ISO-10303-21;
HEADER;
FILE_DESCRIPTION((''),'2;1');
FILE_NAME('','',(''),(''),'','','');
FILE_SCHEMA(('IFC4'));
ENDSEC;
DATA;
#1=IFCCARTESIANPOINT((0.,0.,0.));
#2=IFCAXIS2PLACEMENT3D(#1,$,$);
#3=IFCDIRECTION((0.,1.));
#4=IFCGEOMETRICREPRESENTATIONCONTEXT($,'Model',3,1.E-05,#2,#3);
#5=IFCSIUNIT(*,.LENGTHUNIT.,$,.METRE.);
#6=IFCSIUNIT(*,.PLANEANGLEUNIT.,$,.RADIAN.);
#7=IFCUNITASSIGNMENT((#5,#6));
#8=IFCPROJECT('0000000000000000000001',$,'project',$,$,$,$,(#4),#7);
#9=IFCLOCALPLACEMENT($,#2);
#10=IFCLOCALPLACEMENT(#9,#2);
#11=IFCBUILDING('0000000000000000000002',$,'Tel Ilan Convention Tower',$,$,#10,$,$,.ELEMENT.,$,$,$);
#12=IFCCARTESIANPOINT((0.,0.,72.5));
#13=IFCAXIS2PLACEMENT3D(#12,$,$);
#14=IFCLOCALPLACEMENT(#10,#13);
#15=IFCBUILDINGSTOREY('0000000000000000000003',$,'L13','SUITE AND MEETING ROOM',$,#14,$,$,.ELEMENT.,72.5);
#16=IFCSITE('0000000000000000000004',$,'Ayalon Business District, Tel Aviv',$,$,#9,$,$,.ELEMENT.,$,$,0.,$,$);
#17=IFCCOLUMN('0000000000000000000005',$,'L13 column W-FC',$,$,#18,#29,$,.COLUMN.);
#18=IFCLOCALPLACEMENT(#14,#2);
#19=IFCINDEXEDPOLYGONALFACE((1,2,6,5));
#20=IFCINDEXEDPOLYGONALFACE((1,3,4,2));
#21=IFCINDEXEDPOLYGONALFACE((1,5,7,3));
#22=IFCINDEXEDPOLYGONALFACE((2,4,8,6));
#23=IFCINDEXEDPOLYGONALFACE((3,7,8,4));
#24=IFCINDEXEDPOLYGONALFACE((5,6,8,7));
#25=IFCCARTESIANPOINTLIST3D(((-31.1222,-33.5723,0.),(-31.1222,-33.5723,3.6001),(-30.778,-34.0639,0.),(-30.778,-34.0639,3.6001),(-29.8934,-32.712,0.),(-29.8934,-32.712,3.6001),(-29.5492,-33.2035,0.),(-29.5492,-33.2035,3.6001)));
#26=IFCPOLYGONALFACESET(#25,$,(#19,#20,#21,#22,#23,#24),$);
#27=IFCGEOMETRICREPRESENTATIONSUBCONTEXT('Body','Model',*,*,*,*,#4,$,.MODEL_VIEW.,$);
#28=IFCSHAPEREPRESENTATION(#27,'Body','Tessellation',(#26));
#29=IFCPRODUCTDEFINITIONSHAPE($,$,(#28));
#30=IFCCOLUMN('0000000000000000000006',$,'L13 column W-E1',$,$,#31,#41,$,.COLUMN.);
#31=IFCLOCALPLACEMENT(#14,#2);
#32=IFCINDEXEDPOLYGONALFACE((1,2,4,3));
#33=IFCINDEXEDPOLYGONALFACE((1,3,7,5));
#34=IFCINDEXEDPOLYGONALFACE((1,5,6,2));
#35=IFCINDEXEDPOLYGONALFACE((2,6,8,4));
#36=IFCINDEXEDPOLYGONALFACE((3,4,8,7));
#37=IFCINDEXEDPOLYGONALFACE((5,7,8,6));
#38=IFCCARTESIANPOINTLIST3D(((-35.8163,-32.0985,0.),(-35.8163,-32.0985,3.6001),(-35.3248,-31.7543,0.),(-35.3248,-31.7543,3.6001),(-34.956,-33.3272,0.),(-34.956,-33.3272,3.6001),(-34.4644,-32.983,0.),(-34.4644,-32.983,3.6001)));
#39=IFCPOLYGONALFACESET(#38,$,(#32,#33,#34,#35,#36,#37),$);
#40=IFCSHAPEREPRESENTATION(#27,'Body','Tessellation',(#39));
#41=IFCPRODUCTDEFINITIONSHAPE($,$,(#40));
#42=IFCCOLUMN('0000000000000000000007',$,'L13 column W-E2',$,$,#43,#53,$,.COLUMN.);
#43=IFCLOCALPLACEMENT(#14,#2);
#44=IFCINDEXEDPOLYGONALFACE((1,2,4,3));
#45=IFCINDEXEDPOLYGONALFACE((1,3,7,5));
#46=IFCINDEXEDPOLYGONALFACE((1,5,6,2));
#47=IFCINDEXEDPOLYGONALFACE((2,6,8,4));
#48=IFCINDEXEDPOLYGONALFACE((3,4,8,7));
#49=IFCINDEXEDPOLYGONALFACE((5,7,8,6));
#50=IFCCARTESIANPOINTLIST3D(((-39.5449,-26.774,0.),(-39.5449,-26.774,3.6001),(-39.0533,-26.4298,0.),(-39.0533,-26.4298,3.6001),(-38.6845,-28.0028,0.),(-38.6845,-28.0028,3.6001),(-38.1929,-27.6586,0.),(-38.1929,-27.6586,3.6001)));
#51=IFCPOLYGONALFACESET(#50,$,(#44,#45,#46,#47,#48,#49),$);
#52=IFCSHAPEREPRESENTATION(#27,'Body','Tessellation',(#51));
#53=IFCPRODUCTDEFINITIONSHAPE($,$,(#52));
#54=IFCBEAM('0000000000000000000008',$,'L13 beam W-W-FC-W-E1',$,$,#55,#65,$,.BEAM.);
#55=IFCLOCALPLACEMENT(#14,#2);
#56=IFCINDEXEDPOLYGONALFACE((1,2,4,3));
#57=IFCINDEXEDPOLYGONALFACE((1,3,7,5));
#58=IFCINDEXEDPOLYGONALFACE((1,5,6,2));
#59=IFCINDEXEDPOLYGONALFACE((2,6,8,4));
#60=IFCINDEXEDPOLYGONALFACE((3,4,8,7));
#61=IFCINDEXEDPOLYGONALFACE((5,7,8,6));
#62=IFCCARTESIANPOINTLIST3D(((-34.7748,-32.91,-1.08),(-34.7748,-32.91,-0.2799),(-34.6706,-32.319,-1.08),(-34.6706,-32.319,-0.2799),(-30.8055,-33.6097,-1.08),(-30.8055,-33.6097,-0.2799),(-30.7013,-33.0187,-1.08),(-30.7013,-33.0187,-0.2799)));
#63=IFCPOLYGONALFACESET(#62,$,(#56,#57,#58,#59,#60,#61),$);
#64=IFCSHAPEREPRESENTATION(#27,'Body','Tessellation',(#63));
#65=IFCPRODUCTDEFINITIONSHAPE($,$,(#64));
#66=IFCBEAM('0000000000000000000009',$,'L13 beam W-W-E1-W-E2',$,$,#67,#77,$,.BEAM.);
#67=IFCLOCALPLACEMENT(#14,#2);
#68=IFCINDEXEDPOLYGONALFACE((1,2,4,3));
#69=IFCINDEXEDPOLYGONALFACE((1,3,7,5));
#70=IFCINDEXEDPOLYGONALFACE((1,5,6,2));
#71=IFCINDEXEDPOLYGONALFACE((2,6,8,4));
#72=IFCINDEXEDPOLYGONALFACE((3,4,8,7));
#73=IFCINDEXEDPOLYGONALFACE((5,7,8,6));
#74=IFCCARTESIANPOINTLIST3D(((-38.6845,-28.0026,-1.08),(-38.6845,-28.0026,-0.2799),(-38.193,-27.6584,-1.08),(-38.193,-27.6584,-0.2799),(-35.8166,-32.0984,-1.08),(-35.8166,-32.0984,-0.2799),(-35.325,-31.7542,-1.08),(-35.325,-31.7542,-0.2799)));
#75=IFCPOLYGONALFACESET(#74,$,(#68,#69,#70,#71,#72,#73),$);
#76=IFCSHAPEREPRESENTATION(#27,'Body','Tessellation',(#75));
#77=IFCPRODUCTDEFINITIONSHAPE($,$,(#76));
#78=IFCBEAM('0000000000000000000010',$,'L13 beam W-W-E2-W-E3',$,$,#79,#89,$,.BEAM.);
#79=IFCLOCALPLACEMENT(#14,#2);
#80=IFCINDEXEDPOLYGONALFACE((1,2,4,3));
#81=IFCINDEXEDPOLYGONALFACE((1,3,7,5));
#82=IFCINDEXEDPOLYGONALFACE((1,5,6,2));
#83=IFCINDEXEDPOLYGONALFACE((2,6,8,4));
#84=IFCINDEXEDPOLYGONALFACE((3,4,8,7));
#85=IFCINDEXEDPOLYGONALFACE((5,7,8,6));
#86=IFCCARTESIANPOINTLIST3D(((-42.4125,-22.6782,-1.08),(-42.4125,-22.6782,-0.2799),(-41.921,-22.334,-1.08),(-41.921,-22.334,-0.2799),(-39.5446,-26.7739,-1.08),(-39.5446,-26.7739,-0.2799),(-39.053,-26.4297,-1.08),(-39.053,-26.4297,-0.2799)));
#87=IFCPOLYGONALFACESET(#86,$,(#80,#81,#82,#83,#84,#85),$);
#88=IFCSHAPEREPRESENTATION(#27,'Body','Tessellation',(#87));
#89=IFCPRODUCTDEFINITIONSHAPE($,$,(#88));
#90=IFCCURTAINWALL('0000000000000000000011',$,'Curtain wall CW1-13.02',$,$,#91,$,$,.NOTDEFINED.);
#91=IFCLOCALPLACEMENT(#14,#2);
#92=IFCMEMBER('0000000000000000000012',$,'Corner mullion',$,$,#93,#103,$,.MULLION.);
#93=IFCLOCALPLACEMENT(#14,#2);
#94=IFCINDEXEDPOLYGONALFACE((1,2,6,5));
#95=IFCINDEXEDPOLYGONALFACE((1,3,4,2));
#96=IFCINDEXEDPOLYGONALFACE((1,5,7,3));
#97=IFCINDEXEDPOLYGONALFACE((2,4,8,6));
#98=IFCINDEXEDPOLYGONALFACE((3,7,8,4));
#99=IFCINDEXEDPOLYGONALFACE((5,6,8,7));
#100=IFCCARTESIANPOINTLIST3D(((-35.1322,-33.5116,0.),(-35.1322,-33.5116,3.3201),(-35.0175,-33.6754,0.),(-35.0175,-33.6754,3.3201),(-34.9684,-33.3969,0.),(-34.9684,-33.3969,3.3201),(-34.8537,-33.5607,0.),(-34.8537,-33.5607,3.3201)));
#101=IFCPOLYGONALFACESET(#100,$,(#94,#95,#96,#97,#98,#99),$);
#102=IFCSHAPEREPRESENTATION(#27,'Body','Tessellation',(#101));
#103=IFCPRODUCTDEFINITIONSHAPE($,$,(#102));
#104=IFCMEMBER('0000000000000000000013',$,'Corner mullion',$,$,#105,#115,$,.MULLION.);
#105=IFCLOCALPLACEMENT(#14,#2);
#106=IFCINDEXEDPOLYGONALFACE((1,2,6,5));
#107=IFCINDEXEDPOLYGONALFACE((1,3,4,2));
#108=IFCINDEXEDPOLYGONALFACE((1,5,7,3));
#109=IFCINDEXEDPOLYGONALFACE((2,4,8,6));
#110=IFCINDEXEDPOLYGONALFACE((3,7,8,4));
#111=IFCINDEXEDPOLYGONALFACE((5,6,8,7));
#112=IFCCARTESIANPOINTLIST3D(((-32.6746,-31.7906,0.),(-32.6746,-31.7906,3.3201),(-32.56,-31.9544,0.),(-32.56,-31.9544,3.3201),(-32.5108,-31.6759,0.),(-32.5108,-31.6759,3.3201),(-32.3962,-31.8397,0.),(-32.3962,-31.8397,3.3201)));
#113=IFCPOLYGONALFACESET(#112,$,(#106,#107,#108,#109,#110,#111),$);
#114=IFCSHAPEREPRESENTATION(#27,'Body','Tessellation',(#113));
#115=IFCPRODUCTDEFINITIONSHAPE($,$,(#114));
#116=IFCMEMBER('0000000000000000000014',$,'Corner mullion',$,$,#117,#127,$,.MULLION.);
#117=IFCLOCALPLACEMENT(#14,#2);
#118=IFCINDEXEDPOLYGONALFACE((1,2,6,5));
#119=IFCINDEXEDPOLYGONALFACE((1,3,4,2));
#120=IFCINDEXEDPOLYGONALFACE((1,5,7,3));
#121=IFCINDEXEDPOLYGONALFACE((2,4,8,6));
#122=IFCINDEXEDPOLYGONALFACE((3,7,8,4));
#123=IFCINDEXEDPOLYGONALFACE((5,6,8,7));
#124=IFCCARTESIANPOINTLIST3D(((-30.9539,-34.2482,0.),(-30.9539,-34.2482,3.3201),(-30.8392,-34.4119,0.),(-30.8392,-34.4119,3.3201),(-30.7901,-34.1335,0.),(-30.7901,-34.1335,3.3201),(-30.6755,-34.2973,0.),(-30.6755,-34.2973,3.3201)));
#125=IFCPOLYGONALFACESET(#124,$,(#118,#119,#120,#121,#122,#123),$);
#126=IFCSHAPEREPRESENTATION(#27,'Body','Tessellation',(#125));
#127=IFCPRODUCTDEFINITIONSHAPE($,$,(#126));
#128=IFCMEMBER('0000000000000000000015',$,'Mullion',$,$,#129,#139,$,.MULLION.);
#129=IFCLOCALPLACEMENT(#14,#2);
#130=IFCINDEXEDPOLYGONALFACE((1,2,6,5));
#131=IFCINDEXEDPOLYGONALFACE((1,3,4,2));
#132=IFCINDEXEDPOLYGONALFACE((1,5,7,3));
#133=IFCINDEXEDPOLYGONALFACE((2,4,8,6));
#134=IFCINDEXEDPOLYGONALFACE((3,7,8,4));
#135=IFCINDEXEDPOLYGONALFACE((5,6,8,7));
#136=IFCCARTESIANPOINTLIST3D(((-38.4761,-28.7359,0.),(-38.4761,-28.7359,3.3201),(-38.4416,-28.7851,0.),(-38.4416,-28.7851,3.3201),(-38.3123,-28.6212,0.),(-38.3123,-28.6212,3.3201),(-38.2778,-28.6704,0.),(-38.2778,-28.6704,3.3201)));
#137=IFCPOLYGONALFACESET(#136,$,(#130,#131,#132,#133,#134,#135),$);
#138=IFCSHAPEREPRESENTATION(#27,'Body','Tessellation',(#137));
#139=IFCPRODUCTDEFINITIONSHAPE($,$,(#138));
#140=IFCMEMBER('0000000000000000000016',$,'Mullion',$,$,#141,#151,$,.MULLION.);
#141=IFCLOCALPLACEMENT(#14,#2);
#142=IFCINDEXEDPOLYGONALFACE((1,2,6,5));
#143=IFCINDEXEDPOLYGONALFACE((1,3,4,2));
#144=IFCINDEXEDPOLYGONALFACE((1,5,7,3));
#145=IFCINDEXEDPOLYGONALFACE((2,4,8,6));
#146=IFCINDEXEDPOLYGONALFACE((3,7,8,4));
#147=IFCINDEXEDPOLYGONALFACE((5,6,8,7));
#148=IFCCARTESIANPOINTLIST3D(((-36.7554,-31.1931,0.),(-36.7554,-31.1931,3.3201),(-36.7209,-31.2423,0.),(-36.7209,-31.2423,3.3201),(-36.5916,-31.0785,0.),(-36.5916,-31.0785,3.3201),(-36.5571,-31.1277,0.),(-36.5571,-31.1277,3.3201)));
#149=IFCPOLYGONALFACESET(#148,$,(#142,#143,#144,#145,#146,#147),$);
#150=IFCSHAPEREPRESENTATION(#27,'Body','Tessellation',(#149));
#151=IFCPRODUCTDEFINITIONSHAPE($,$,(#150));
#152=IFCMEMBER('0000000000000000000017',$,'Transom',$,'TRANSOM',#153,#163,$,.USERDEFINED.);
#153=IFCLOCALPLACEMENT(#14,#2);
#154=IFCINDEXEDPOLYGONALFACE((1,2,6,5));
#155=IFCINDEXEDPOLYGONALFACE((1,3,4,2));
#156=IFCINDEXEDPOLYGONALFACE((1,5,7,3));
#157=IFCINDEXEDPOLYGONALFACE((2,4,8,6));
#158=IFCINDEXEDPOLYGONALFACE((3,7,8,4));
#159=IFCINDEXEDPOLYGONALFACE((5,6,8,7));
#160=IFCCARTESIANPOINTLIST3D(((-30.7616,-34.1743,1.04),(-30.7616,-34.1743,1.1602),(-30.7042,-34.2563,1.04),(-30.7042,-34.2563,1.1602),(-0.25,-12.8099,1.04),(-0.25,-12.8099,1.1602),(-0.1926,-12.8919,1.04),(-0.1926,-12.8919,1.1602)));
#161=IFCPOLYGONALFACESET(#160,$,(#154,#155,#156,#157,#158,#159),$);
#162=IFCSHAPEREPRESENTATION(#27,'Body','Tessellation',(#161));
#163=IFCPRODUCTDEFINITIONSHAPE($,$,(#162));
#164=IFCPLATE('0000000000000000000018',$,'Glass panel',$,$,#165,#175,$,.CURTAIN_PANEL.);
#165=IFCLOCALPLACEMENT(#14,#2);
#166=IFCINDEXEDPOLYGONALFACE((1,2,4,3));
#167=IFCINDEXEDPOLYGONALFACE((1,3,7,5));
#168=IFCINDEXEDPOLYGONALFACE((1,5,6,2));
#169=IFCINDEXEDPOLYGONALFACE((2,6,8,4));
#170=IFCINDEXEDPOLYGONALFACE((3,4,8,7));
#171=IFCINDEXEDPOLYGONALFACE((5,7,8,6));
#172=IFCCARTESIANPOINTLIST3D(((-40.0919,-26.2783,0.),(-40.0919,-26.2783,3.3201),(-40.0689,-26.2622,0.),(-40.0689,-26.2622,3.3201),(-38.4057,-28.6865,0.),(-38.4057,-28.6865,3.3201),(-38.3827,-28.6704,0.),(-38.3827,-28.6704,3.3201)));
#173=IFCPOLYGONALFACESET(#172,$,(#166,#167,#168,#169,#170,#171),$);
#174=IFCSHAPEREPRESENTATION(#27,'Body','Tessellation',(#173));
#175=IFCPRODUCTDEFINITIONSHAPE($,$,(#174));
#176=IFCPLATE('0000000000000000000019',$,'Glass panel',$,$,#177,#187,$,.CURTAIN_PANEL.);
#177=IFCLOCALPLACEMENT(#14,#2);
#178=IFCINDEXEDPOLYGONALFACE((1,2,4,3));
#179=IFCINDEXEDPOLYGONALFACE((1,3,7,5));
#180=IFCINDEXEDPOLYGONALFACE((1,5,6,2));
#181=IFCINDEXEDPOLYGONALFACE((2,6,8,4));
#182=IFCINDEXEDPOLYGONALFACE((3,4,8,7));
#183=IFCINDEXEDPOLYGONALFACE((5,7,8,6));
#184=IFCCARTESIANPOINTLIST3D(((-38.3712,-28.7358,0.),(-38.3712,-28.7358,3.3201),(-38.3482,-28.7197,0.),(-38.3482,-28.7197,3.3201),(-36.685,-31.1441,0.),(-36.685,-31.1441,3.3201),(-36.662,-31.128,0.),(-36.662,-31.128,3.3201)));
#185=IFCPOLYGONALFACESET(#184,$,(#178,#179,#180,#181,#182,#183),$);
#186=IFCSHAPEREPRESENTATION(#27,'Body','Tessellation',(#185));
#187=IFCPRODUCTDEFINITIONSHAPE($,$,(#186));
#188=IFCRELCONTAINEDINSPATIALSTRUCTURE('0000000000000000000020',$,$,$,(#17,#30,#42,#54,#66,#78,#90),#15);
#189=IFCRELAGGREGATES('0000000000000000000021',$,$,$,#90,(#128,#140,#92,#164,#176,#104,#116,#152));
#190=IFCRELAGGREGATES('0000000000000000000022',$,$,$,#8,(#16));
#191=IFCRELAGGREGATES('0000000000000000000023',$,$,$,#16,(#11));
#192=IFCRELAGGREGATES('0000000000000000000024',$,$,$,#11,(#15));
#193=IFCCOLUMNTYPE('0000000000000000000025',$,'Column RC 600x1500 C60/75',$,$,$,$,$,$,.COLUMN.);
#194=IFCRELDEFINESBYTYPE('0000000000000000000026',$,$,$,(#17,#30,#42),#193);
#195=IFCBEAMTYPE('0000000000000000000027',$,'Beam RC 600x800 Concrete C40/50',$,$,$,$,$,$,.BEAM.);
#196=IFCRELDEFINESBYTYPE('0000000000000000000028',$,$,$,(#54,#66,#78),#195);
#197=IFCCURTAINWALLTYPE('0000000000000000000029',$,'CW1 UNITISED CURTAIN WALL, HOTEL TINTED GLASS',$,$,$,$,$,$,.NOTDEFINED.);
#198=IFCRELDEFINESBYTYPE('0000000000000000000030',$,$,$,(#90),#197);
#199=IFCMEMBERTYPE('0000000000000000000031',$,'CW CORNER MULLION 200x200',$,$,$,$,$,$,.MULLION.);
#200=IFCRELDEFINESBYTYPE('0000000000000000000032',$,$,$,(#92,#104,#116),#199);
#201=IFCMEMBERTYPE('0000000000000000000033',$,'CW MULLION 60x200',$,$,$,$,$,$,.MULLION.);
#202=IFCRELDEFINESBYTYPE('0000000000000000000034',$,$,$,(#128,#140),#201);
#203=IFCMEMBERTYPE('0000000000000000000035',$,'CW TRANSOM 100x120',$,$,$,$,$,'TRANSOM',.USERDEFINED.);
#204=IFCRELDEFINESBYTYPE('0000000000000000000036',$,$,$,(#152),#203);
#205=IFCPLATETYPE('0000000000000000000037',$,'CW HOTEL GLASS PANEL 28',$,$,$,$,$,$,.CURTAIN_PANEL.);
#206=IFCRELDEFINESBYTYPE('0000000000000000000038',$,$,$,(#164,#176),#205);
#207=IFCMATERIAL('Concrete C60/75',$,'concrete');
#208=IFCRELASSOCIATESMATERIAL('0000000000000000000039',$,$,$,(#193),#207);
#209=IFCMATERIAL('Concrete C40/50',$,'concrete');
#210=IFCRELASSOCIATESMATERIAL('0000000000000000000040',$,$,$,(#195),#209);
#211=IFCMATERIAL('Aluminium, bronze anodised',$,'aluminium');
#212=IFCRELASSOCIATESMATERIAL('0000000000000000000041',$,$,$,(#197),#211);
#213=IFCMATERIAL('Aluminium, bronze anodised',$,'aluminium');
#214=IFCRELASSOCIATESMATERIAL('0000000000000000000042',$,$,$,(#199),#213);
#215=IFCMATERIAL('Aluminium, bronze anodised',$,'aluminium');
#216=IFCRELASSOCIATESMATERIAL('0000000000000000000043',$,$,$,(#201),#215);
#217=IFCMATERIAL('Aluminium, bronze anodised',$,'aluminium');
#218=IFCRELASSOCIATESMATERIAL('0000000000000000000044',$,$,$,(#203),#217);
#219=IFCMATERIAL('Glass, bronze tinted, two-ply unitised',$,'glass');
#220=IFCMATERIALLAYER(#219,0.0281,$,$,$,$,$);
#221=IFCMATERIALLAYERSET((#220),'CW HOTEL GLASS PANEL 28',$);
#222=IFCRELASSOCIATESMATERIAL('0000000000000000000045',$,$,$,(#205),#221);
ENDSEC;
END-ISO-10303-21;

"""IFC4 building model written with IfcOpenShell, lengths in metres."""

from ifc_helpers import new_model, si_unit, direction, frame, origin, origin_2d, place, context, subcontext, project, spatial, rectangle, extrude, material, layer, layer_set, material_profile, profile_set, type_object, element, aggregate, save


model = new_model("IFC4")

# Units and contexts
model_context = context("Model", 3, precision=1e-05, world=origin(), true_north=direction((0.0, 1.0)))
body_context = subcontext(model_context, "Body", "Model", "MODEL_VIEW")
ifc_project = project(units=[si_unit("LENGTHUNIT", "METRE"), si_unit("PLANEANGLEUNIT", "RADIAN")], contexts=[model_context])

# Site, building, storey
site_placement = place(None, origin())
site = spatial("IfcSite", under=ifc_project, at=site_placement, Name="Ayalon Business District, Tel Aviv", CompositionType="ELEMENT", RefElevation=0.0)
building_placement = place(site_placement, origin())
building = spatial("IfcBuilding", under=site, at=building_placement, Name="Tel Ilan Convention Tower", CompositionType="ELEMENT")
storey_placement = place(building_placement, frame((0.0, 0.0, 72.5)))
storey = spatial("IfcBuildingStorey", under=building, at=storey_placement, Name="L13", Description="SUITE AND MEETING ROOM", CompositionType="ELEMENT", Elevation=72.5)

# Columns
ifc_material_1 = material(Name="Concrete C60/75", Category="concrete")
ifc_material_profile_1 = material_profile(ifc_material_1, rectangle(XDim=1.5, YDim=0.6001, at=origin_2d()), Name="RC 600x1500")
ifc_profile_set_1 = profile_set([ifc_material_profile_1], Name="Concrete C60/75")
column_type = type_object("IfcColumnType", Name="Column RC 600x1500 C60/75", PredefinedType="COLUMN", material=ifc_profile_set_1)
for number, where, z_axis, x_axis, name in (
    (1, (-30.3357, -33.3879, 0.0), (0.0, 0.0, 1.0), (-0.819152, -0.573576, 0.0), "L13 column W-FC"),
    (2, (-35.1404, -32.5408, 0.0), (0.0, 0.0, 1.0), (-0.573576, 0.819152, 0.0), "L13 column W-E1"),
    (3, (-38.8689, -27.2163, 0.0), (0.0, 0.0, 1.0), (-0.573576, 0.819152, 0.0), "L13 column W-E2"),
):
    element("IfcColumn", number, at=place(storey_placement, frame(where, z_axis=z_axis, x_axis=x_axis)), inside=storey, type_object=column_type, Name=name, PredefinedType="COLUMN", context=body_context, shape_type="SweptSolid", body=[
        extrude(rectangle(XDim=1.5, YDim=0.6001, at=origin_2d()), origin(), (0.0, 0.0, 1.0), 3.6001),
    ])

# Beams
ifc_material_2 = material(Name="Concrete C40/50", Category="concrete")
ifc_material_profile_2 = material_profile(ifc_material_2, rectangle(XDim=0.6001, YDim=0.8, at=origin_2d()), Name="RC 600x800")
ifc_profile_set_2 = profile_set([ifc_material_profile_2], Name="Concrete C40/50")
beam_type = type_object("IfcBeamType", Name="Beam RC 600x800 Concrete C40/50", PredefinedType="BEAM", material=ifc_profile_set_2)
beam_placement = place(storey_placement, frame((-30.7534, -33.3142, -0.6799), z_axis=(-0.984815, 0.173606, 0.0), x_axis=(-0.173606, -0.984815, 0.0)))
element("IfcBeam", 4, at=beam_placement, inside=storey, type_object=beam_type, Name="L13 beam W-W-FC-W-E1", PredefinedType="BEAM", context=body_context, shape_type="SweptSolid", body=[
    extrude(rectangle(XDim=0.6001, YDim=0.8, at=origin_2d()), origin(), (0.0, 0.0, 1.0), 4.0305),
])
for number, where, z_axis, x_axis, name in (
    (5, (-35.5708, -31.9263, -0.6799), (-0.573587, 0.819145, 0.0), (-0.819145, -0.573587, 0.0), "L13 beam W-W-E1-W-E2"),
    (6, (-39.2988, -26.6018, -0.6799), (-0.573587, 0.819145, 0.0), (-0.819145, -0.573587, 0.0), "L13 beam W-W-E2-W-E3"),
):
    element("IfcBeam", number, at=place(storey_placement, frame(where, z_axis=z_axis, x_axis=x_axis)), inside=storey, type_object=beam_type, Name=name, PredefinedType="BEAM", context=body_context, shape_type="SweptSolid", body=[
        extrude(rectangle(XDim=0.6001, YDim=0.8, at=origin_2d()), origin(), (0.0, 0.0, 1.0), 5.0),
    ])

# Curtain wall, members, plates
ifc_material_3 = material(Name="Aluminium, bronze anodised", Category="aluminium")
curtain_wall_type = type_object("IfcCurtainWallType", Name="CW1 UNITISED CURTAIN WALL, HOTEL TINTED GLASS", PredefinedType="NOTDEFINED", material=ifc_material_3)
curtain_wall_placement = place(storey_placement, origin())
curtain_wall = element("IfcCurtainWall", 7, at=curtain_wall_placement, inside=storey, type_object=curtain_wall_type, Name="Curtain wall CW1-13.02", PredefinedType="NOTDEFINED")
ifc_material_4 = material(Name="Aluminium, bronze anodised", Category="aluminium")
ifc_material_profile_3 = material_profile(ifc_material_4, rectangle(XDim=0.2, YDim=0.2, at=origin_2d()), Name="CW CORNER MULLION 200x200")
ifc_profile_set_3 = profile_set([ifc_material_profile_3], Name="Aluminium, bronze anodised")
member_type_1 = type_object("IfcMemberType", Name="CW CORNER MULLION 200x200", PredefinedType="MULLION", material=ifc_profile_set_3)
member_1_placement = place(storey_placement, frame((-34.9929, -33.5361, 0.0), z_axis=(0.0, 0.0, 1.0), x_axis=(0.573576, -0.819152, 0.0)))
member_1 = element("IfcMember", 8, at=member_1_placement, type_object=member_type_1, Name="Corner mullion", PredefinedType="MULLION", context=body_context, shape_type="SweptSolid", body=[
    extrude(rectangle(XDim=0.2, YDim=0.2, at=origin_2d()), origin(), (0.0, 0.0, 1.0), 3.3201),
])
member_2_placement = place(storey_placement, frame((-32.5354, -31.8152, 0.0), z_axis=(0.0, 0.0, 1.0), x_axis=(0.819152, 0.573576, 0.0)))
member_2 = element("IfcMember", 9, at=member_2_placement, type_object=member_type_1, Name="Corner mullion", PredefinedType="MULLION", context=body_context, shape_type="SweptSolid", body=[
    extrude(rectangle(XDim=0.2, YDim=0.2, at=origin_2d()), origin(), (0.0, 0.0, 1.0), 3.3201),
])
member_3_placement = place(storey_placement, frame((-30.8147, -34.2727, 0.0), z_axis=(0.0, 0.0, 1.0), x_axis=(0.573576, -0.819152, 0.0)))
member_3 = element("IfcMember", 10, at=member_3_placement, type_object=member_type_1, Name="Corner mullion", PredefinedType="MULLION", context=body_context, shape_type="SweptSolid", body=[
    extrude(rectangle(XDim=0.2, YDim=0.2, at=origin_2d()), origin(), (0.0, 0.0, 1.0), 3.3201),
])
ifc_material_5 = material(Name="Aluminium, bronze anodised", Category="aluminium")
ifc_material_profile_4 = material_profile(ifc_material_5, rectangle(XDim=0.0601, YDim=0.2, at=origin_2d()), Name="CW MULLION 60x200")
ifc_profile_set_4 = profile_set([ifc_material_profile_4], Name="Aluminium, bronze anodised")
member_type_2 = type_object("IfcMemberType", Name="CW MULLION 60x200", PredefinedType="MULLION", material=ifc_profile_set_4)
member_4_placement = place(storey_placement, frame((-38.377, -28.7031, 0.0), z_axis=(0.0, 0.0, 1.0), x_axis=(0.573576, -0.819152, 0.0)))
member_4 = element("IfcMember", 11, at=member_4_placement, type_object=member_type_2, Name="Mullion", PredefinedType="MULLION", context=body_context, shape_type="SweptSolid", body=[
    extrude(rectangle(XDim=0.0601, YDim=0.2, at=origin_2d()), origin(), (0.0, 0.0, 1.0), 3.3201),
])
member_5_placement = place(storey_placement, frame((-36.6562, -31.1604, 0.0), z_axis=(0.0, 0.0, 1.0), x_axis=(0.573576, -0.819152, 0.0)))
member_5 = element("IfcMember", 12, at=member_5_placement, type_object=member_type_2, Name="Mullion", PredefinedType="MULLION", context=body_context, shape_type="SweptSolid", body=[
    extrude(rectangle(XDim=0.0601, YDim=0.2, at=origin_2d()), origin(), (0.0, 0.0, 1.0), 3.3201),
])
ifc_material_6 = material(Name="Aluminium, bronze anodised", Category="aluminium")
ifc_material_profile_5 = material_profile(ifc_material_6, rectangle(XDim=0.1001, YDim=0.1201, at=origin_2d()), Name="CW TRANSOM 100x120")
ifc_profile_set_5 = profile_set([ifc_material_profile_5], Name="Aluminium, bronze anodised")
member_type_3 = type_object("IfcMemberType", Name="CW TRANSOM 100x120", ElementType="TRANSOM", PredefinedType="USERDEFINED", material=ifc_profile_set_5)
member_6_placement = place(storey_placement, frame((-30.7329, -34.2153, 1.1001), z_axis=(0.819152, 0.573576, 0.0), x_axis=(-0.573576, 0.819152, 0.0)))
member_6 = element("IfcMember", 13, at=member_6_placement, type_object=member_type_3, Name="Transom", ObjectType="TRANSOM", PredefinedType="USERDEFINED", context=body_context, shape_type="SweptSolid", body=[
    extrude(rectangle(XDim=0.1001, YDim=0.1201, at=origin_2d()), origin(), (0.0, 0.0, 1.0), 37.2478),
])
ifc_material_7 = material(Name="Glass, bronze tinted, two-ply unitised", Category="glass")
ifc_layer_1 = layer(ifc_material_7, 0.0281)
ifc_layer_set_1 = layer_set([ifc_layer_1], Name="CW HOTEL GLASS PANEL 28")
plate_type = type_object("IfcPlateType", Name="CW HOTEL GLASS PANEL 28", PredefinedType="CURTAIN_PANEL", material=ifc_layer_set_1)
plate_1_placement = place(storey_placement, frame((-39.2373, -27.4744, 0.0), z_axis=(0.0, 0.0, 1.0), x_axis=(0.573576, -0.819152, 0.0)))
plate_1 = element("IfcPlate", 14, at=plate_1_placement, type_object=plate_type, Name="Glass panel", PredefinedType="CURTAIN_PANEL", context=body_context, shape_type="SweptSolid", body=[
    extrude(rectangle(XDim=2.9399, YDim=0.0281, at=origin_2d()), origin(), (0.0, 0.0, 1.0), 3.3201),
])
plate_2_placement = place(storey_placement, frame((-37.5166, -29.9319, 0.0), z_axis=(0.0, 0.0, 1.0), x_axis=(0.573576, -0.819152, 0.0)))
plate_2 = element("IfcPlate", 15, at=plate_2_placement, type_object=plate_type, Name="Glass panel", PredefinedType="CURTAIN_PANEL", context=body_context, shape_type="SweptSolid", body=[
    extrude(rectangle(XDim=2.9399, YDim=0.0281, at=origin_2d()), origin(), (0.0, 0.0, 1.0), 3.3201),
])
aggregate(curtain_wall, [member_4, member_5, member_1, plate_1, plate_2, member_2, member_3, member_6])

save(model, "model.ifc")
